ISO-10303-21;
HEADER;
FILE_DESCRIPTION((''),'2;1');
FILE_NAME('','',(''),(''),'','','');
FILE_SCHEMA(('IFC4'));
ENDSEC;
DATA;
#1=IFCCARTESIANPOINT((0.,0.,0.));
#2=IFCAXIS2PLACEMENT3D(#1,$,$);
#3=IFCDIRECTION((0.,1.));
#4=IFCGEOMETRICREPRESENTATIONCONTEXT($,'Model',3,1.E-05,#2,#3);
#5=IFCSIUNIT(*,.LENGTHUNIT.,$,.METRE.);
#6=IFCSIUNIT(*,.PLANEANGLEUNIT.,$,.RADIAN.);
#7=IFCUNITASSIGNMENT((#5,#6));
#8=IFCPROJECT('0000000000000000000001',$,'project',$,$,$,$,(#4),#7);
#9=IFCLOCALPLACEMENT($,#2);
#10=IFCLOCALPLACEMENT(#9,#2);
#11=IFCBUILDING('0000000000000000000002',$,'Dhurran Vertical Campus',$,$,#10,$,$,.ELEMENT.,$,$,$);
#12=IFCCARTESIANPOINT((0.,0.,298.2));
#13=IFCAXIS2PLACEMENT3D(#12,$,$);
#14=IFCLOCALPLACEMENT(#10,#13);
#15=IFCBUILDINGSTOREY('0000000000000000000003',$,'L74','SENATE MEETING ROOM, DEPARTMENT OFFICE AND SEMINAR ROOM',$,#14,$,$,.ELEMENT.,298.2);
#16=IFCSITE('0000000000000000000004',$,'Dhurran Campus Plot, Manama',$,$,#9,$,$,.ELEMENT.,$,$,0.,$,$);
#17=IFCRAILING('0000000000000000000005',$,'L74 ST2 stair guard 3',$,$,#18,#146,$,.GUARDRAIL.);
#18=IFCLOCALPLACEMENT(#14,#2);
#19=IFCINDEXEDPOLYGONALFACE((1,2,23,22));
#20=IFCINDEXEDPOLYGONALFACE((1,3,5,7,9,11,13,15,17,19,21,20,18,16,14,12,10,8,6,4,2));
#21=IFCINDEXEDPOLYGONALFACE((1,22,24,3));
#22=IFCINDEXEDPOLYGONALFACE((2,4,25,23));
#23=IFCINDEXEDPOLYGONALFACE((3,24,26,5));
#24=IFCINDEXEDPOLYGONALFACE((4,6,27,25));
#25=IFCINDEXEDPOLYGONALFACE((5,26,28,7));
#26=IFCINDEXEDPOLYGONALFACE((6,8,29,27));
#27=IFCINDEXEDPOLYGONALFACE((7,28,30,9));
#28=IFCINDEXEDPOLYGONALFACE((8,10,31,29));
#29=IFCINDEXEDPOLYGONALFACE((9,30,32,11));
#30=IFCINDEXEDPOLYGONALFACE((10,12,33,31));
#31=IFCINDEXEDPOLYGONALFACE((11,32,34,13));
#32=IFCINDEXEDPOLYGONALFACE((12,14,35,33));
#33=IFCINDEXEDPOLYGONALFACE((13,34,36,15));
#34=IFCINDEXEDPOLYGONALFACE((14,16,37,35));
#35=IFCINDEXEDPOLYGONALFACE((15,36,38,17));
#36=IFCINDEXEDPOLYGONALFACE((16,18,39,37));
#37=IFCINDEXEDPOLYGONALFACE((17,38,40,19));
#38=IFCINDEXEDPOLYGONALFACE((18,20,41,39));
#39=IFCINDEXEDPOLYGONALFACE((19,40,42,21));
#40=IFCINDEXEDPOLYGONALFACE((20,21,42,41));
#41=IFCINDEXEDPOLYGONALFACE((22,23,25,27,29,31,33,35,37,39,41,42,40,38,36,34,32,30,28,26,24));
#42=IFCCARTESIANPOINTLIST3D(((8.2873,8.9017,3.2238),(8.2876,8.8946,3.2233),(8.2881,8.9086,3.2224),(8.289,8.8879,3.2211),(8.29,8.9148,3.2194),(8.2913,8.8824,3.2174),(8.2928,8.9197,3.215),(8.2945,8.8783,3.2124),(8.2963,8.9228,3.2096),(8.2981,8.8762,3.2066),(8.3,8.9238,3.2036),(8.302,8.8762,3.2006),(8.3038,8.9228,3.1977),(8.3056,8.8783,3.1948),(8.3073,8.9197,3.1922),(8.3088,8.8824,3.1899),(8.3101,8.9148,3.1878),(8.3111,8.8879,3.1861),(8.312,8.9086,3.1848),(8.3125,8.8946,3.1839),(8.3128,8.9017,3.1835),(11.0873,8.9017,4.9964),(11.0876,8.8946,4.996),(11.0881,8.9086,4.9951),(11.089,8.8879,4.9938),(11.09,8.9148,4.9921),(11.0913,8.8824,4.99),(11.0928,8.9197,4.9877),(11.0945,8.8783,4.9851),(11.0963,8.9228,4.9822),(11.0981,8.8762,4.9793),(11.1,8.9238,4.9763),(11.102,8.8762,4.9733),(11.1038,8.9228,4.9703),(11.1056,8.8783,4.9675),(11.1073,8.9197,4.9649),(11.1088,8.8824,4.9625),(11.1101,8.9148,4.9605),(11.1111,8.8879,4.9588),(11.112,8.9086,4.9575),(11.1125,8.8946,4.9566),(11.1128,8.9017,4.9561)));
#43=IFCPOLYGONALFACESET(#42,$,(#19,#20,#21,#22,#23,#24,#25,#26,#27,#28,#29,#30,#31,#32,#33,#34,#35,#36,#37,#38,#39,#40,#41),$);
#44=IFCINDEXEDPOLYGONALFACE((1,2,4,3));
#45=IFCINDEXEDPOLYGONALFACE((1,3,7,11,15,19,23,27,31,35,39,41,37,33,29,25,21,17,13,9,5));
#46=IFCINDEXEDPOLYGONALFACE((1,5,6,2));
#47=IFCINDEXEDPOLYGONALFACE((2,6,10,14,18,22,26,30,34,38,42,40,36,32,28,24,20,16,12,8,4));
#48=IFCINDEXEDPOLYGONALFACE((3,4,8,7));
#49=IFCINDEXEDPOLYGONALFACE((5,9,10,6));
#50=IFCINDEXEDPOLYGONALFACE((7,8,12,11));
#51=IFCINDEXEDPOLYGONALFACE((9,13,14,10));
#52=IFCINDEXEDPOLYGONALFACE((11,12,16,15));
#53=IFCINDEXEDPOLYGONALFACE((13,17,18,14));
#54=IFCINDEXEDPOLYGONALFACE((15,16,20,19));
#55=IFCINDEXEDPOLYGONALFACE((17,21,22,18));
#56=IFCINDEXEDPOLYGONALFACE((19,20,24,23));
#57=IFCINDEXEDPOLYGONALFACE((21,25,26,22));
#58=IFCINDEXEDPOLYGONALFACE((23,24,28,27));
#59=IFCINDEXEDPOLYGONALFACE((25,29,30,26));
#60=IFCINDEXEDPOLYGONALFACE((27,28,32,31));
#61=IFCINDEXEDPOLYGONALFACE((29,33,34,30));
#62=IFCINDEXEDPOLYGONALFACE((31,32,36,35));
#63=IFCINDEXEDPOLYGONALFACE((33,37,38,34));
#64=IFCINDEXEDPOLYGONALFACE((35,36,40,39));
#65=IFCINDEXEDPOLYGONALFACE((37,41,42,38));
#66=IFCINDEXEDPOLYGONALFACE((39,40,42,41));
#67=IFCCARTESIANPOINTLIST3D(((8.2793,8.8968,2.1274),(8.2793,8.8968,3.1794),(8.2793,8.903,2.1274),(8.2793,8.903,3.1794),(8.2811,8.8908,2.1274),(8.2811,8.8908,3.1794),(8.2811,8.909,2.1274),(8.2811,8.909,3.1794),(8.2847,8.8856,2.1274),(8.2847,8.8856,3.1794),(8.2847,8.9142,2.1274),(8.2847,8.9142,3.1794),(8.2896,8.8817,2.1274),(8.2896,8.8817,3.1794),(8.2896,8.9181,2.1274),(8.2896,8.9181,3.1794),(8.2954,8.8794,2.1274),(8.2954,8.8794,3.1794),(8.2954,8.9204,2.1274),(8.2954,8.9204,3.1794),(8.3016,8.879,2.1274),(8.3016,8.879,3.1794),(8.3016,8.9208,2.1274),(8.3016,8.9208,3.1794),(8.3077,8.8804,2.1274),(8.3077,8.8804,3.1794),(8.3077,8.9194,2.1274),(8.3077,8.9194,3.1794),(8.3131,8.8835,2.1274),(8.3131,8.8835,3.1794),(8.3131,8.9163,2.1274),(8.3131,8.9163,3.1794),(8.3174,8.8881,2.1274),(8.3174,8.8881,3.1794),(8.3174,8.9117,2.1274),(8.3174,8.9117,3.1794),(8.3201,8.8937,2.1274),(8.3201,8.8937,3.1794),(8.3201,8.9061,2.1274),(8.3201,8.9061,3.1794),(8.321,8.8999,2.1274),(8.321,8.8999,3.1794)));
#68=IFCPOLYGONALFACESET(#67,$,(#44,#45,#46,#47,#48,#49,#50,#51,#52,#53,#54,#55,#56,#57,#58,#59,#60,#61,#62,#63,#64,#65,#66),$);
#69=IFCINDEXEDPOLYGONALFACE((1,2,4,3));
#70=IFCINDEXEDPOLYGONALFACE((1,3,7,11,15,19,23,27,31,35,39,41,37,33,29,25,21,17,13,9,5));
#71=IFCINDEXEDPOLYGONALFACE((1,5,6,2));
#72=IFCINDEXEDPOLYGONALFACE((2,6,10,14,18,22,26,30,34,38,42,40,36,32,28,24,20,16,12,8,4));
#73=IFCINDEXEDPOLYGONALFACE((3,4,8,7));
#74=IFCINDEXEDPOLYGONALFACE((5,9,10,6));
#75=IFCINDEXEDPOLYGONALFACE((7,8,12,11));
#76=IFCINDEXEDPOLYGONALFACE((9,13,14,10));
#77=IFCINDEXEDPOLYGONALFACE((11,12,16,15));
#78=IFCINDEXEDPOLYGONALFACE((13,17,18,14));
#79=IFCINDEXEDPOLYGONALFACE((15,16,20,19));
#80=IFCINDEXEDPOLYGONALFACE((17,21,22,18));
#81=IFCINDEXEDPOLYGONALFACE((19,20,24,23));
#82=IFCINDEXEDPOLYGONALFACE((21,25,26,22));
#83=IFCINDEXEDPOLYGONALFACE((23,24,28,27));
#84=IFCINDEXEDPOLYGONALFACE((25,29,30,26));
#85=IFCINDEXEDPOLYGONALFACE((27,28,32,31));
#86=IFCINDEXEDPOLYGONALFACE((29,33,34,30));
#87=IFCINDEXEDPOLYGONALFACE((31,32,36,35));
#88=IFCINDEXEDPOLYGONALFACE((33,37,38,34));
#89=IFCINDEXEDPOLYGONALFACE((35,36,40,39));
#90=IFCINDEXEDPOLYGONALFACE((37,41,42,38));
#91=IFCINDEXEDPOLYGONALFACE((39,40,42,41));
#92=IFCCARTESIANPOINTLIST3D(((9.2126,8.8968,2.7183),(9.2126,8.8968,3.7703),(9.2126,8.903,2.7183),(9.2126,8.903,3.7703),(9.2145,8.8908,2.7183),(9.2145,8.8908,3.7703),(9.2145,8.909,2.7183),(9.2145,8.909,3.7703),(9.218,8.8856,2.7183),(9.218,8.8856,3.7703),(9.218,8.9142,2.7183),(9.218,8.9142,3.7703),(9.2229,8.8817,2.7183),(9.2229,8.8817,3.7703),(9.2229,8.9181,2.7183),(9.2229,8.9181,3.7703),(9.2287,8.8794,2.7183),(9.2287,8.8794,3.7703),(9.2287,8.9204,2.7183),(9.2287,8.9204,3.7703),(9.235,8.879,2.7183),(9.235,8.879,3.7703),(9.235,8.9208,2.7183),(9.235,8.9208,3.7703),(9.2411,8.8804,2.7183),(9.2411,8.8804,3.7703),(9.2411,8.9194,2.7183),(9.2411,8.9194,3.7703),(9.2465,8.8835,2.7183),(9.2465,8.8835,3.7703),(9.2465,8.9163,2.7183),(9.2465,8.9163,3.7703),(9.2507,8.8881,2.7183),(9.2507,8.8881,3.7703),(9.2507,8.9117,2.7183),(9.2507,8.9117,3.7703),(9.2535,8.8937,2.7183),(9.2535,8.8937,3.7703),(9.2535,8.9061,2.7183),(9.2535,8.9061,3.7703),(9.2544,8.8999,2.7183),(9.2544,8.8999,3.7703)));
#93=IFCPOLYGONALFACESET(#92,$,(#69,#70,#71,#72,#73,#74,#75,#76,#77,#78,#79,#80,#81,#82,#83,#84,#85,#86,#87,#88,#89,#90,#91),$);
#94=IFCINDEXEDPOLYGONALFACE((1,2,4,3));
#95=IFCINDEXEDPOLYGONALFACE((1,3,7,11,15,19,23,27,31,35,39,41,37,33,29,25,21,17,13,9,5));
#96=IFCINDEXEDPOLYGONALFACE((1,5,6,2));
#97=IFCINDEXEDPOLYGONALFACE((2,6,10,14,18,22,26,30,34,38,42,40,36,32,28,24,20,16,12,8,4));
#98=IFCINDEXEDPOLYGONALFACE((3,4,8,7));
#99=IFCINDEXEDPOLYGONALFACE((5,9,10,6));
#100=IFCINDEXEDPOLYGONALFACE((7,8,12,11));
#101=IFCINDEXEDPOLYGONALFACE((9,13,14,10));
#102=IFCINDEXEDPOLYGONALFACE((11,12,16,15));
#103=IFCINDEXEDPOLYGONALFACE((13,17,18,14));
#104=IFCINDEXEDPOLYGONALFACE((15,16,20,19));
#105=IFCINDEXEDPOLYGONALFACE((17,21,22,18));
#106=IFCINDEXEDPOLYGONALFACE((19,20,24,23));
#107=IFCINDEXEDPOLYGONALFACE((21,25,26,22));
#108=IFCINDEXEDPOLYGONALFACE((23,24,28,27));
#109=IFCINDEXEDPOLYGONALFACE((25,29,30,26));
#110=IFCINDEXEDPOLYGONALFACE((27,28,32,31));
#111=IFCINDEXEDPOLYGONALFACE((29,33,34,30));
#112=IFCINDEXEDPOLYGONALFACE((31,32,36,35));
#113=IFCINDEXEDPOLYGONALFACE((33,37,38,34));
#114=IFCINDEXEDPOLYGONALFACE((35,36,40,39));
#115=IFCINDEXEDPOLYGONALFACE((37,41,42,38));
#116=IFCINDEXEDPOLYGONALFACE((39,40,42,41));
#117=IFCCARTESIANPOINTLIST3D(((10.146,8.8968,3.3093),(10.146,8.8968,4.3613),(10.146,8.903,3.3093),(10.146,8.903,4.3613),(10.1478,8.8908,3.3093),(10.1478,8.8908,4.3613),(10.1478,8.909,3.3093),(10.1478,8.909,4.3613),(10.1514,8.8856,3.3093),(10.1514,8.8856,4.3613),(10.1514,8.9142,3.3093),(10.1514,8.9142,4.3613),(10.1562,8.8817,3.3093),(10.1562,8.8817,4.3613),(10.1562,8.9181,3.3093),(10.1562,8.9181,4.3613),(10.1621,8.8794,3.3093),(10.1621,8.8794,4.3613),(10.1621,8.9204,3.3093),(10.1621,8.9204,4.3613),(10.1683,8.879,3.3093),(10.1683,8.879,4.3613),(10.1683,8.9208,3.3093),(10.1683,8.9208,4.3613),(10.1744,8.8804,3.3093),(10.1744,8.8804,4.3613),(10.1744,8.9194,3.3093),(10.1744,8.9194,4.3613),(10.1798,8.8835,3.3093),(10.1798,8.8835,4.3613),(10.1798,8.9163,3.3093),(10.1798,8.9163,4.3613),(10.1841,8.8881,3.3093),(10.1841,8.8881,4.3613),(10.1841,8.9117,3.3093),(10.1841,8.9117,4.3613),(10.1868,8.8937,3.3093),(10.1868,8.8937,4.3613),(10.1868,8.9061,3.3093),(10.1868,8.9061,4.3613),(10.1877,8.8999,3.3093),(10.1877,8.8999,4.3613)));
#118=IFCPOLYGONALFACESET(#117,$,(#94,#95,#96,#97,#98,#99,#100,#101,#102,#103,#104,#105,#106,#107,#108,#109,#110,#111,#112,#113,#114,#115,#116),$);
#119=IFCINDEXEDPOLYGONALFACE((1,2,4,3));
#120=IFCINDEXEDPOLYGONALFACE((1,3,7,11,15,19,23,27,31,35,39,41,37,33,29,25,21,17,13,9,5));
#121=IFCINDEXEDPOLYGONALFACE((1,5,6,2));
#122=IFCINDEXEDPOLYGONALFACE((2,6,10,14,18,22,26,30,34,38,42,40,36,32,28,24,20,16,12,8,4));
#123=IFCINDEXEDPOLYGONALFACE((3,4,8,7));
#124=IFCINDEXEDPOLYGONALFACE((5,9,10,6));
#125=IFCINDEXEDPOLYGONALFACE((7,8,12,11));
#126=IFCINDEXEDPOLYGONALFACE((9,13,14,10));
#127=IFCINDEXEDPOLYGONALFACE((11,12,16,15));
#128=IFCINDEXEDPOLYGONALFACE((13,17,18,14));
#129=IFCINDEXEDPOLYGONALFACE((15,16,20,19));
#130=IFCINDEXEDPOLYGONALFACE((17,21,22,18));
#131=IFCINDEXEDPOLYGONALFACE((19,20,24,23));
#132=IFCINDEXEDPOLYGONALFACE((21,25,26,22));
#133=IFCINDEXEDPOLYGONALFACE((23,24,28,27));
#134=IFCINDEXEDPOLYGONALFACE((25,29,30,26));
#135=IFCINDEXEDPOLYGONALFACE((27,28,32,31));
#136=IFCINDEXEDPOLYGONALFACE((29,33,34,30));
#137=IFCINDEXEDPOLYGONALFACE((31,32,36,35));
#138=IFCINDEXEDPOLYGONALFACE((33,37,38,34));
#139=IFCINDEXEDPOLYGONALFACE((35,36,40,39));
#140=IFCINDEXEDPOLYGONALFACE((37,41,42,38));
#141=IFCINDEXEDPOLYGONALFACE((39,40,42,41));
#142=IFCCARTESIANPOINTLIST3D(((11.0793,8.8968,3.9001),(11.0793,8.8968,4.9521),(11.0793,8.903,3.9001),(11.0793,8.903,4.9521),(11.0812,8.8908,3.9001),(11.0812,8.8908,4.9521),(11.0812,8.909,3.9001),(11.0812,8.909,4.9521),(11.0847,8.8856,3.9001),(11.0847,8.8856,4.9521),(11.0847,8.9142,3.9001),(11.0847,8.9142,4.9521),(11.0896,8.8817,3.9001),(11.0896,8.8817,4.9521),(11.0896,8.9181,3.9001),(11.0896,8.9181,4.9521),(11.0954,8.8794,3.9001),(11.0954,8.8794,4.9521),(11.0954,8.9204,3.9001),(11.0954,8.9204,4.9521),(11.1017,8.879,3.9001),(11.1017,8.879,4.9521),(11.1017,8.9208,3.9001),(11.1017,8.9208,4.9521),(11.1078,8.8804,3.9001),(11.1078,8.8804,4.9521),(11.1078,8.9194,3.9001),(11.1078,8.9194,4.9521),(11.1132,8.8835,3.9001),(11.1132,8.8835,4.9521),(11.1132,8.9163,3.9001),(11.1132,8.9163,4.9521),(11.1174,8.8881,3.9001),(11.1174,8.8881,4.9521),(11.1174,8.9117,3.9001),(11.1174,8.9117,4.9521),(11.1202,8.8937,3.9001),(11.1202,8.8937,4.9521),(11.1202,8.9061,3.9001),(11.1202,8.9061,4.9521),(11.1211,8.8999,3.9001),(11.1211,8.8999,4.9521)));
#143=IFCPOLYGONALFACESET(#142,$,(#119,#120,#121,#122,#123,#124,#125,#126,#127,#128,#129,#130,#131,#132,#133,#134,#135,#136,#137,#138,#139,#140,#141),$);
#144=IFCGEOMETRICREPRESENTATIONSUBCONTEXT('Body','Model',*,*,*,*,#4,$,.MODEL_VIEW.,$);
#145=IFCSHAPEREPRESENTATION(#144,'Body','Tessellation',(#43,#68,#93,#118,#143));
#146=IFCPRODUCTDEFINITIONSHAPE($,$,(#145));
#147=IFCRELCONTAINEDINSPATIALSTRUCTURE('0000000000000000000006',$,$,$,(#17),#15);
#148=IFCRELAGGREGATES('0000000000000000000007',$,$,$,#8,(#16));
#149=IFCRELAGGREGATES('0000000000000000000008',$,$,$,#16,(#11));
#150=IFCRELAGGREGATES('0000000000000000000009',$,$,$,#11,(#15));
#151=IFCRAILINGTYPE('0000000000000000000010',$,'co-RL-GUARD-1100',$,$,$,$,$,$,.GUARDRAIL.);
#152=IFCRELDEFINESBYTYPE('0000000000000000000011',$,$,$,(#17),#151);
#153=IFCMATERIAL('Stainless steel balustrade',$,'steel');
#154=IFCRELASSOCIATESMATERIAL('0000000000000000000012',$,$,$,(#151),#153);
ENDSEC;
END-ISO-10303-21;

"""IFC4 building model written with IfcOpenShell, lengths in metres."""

from ifc_helpers import new_model, si_unit, direction, frame, origin, origin_2d, place, context, subcontext, project, spatial, circle, extrude, material, type_object, element, save


model = new_model("IFC4")

# Units and contexts
model_context = context("Model", 3, precision=1e-05, world=origin(), true_north=direction((0.0, 1.0)))
body_context = subcontext(model_context, "Body", "Model", "MODEL_VIEW")
ifc_project = project(units=[si_unit("LENGTHUNIT", "METRE"), si_unit("PLANEANGLEUNIT", "RADIAN")], contexts=[model_context])

# Site, building, storey
site_placement = place(None, origin())
site = spatial("IfcSite", under=ifc_project, at=site_placement, Name="Dhurran Campus Plot, Manama", CompositionType="ELEMENT", RefElevation=0.0)
building_placement = place(site_placement, origin())
building = spatial("IfcBuilding", under=site, at=building_placement, Name="Dhurran Vertical Campus", CompositionType="ELEMENT")
storey_placement = place(building_placement, frame((0.0, 0.0, 298.2)))
storey = spatial("IfcBuildingStorey", under=building, at=storey_placement, Name="L74", Description="SENATE MEETING ROOM, DEPARTMENT OFFICE AND SEMINAR ROOM", CompositionType="ELEMENT", Elevation=298.2)

# Railing
ifc_material_1 = material(Name="Stainless steel balustrade", Category="steel")
railing_type_1 = type_object("IfcRailingType", Name="co-RL-GUARD-1100", PredefinedType="GUARDRAIL", material=ifc_material_1)
railing_1_placement = place(storey_placement, frame((8.3, 8.8999, 2.1274)))
element("IfcRailing", 1, at=railing_1_placement, inside=storey, type_object=railing_type_1, Name="L74 ST2 stair guard 3", PredefinedType="GUARDRAIL", context=body_context, shape_type="SweptSolid", body=[
    extrude(circle(Radius=0.0239, at=origin_2d()), frame((0.0, 0.0, 1.0762), z_axis=(0.844909, 0.0, 0.53491), x_axis=(0.0, 1.0, 0.0)), (0.0, 0.0, 1.0), 3.314),
    extrude(circle(Radius=0.021, at=origin_2d()), origin(), (0.0, 0.0, 1.0), 1.052),
    extrude(circle(Radius=0.021, at=origin_2d()), frame((0.9333, 0.0, 0.5908)), (0.0, 0.0, 1.0), 1.052),
    extrude(circle(Radius=0.021, at=origin_2d()), frame((1.8667, 0.0, 1.1819)), (0.0, 0.0, 1.0), 1.052),
    extrude(circle(Radius=0.021, at=origin_2d()), frame((2.8, 0.0, 1.7727)), (0.0, 0.0, 1.0), 1.052),
])

save(model, "model.ifc")
